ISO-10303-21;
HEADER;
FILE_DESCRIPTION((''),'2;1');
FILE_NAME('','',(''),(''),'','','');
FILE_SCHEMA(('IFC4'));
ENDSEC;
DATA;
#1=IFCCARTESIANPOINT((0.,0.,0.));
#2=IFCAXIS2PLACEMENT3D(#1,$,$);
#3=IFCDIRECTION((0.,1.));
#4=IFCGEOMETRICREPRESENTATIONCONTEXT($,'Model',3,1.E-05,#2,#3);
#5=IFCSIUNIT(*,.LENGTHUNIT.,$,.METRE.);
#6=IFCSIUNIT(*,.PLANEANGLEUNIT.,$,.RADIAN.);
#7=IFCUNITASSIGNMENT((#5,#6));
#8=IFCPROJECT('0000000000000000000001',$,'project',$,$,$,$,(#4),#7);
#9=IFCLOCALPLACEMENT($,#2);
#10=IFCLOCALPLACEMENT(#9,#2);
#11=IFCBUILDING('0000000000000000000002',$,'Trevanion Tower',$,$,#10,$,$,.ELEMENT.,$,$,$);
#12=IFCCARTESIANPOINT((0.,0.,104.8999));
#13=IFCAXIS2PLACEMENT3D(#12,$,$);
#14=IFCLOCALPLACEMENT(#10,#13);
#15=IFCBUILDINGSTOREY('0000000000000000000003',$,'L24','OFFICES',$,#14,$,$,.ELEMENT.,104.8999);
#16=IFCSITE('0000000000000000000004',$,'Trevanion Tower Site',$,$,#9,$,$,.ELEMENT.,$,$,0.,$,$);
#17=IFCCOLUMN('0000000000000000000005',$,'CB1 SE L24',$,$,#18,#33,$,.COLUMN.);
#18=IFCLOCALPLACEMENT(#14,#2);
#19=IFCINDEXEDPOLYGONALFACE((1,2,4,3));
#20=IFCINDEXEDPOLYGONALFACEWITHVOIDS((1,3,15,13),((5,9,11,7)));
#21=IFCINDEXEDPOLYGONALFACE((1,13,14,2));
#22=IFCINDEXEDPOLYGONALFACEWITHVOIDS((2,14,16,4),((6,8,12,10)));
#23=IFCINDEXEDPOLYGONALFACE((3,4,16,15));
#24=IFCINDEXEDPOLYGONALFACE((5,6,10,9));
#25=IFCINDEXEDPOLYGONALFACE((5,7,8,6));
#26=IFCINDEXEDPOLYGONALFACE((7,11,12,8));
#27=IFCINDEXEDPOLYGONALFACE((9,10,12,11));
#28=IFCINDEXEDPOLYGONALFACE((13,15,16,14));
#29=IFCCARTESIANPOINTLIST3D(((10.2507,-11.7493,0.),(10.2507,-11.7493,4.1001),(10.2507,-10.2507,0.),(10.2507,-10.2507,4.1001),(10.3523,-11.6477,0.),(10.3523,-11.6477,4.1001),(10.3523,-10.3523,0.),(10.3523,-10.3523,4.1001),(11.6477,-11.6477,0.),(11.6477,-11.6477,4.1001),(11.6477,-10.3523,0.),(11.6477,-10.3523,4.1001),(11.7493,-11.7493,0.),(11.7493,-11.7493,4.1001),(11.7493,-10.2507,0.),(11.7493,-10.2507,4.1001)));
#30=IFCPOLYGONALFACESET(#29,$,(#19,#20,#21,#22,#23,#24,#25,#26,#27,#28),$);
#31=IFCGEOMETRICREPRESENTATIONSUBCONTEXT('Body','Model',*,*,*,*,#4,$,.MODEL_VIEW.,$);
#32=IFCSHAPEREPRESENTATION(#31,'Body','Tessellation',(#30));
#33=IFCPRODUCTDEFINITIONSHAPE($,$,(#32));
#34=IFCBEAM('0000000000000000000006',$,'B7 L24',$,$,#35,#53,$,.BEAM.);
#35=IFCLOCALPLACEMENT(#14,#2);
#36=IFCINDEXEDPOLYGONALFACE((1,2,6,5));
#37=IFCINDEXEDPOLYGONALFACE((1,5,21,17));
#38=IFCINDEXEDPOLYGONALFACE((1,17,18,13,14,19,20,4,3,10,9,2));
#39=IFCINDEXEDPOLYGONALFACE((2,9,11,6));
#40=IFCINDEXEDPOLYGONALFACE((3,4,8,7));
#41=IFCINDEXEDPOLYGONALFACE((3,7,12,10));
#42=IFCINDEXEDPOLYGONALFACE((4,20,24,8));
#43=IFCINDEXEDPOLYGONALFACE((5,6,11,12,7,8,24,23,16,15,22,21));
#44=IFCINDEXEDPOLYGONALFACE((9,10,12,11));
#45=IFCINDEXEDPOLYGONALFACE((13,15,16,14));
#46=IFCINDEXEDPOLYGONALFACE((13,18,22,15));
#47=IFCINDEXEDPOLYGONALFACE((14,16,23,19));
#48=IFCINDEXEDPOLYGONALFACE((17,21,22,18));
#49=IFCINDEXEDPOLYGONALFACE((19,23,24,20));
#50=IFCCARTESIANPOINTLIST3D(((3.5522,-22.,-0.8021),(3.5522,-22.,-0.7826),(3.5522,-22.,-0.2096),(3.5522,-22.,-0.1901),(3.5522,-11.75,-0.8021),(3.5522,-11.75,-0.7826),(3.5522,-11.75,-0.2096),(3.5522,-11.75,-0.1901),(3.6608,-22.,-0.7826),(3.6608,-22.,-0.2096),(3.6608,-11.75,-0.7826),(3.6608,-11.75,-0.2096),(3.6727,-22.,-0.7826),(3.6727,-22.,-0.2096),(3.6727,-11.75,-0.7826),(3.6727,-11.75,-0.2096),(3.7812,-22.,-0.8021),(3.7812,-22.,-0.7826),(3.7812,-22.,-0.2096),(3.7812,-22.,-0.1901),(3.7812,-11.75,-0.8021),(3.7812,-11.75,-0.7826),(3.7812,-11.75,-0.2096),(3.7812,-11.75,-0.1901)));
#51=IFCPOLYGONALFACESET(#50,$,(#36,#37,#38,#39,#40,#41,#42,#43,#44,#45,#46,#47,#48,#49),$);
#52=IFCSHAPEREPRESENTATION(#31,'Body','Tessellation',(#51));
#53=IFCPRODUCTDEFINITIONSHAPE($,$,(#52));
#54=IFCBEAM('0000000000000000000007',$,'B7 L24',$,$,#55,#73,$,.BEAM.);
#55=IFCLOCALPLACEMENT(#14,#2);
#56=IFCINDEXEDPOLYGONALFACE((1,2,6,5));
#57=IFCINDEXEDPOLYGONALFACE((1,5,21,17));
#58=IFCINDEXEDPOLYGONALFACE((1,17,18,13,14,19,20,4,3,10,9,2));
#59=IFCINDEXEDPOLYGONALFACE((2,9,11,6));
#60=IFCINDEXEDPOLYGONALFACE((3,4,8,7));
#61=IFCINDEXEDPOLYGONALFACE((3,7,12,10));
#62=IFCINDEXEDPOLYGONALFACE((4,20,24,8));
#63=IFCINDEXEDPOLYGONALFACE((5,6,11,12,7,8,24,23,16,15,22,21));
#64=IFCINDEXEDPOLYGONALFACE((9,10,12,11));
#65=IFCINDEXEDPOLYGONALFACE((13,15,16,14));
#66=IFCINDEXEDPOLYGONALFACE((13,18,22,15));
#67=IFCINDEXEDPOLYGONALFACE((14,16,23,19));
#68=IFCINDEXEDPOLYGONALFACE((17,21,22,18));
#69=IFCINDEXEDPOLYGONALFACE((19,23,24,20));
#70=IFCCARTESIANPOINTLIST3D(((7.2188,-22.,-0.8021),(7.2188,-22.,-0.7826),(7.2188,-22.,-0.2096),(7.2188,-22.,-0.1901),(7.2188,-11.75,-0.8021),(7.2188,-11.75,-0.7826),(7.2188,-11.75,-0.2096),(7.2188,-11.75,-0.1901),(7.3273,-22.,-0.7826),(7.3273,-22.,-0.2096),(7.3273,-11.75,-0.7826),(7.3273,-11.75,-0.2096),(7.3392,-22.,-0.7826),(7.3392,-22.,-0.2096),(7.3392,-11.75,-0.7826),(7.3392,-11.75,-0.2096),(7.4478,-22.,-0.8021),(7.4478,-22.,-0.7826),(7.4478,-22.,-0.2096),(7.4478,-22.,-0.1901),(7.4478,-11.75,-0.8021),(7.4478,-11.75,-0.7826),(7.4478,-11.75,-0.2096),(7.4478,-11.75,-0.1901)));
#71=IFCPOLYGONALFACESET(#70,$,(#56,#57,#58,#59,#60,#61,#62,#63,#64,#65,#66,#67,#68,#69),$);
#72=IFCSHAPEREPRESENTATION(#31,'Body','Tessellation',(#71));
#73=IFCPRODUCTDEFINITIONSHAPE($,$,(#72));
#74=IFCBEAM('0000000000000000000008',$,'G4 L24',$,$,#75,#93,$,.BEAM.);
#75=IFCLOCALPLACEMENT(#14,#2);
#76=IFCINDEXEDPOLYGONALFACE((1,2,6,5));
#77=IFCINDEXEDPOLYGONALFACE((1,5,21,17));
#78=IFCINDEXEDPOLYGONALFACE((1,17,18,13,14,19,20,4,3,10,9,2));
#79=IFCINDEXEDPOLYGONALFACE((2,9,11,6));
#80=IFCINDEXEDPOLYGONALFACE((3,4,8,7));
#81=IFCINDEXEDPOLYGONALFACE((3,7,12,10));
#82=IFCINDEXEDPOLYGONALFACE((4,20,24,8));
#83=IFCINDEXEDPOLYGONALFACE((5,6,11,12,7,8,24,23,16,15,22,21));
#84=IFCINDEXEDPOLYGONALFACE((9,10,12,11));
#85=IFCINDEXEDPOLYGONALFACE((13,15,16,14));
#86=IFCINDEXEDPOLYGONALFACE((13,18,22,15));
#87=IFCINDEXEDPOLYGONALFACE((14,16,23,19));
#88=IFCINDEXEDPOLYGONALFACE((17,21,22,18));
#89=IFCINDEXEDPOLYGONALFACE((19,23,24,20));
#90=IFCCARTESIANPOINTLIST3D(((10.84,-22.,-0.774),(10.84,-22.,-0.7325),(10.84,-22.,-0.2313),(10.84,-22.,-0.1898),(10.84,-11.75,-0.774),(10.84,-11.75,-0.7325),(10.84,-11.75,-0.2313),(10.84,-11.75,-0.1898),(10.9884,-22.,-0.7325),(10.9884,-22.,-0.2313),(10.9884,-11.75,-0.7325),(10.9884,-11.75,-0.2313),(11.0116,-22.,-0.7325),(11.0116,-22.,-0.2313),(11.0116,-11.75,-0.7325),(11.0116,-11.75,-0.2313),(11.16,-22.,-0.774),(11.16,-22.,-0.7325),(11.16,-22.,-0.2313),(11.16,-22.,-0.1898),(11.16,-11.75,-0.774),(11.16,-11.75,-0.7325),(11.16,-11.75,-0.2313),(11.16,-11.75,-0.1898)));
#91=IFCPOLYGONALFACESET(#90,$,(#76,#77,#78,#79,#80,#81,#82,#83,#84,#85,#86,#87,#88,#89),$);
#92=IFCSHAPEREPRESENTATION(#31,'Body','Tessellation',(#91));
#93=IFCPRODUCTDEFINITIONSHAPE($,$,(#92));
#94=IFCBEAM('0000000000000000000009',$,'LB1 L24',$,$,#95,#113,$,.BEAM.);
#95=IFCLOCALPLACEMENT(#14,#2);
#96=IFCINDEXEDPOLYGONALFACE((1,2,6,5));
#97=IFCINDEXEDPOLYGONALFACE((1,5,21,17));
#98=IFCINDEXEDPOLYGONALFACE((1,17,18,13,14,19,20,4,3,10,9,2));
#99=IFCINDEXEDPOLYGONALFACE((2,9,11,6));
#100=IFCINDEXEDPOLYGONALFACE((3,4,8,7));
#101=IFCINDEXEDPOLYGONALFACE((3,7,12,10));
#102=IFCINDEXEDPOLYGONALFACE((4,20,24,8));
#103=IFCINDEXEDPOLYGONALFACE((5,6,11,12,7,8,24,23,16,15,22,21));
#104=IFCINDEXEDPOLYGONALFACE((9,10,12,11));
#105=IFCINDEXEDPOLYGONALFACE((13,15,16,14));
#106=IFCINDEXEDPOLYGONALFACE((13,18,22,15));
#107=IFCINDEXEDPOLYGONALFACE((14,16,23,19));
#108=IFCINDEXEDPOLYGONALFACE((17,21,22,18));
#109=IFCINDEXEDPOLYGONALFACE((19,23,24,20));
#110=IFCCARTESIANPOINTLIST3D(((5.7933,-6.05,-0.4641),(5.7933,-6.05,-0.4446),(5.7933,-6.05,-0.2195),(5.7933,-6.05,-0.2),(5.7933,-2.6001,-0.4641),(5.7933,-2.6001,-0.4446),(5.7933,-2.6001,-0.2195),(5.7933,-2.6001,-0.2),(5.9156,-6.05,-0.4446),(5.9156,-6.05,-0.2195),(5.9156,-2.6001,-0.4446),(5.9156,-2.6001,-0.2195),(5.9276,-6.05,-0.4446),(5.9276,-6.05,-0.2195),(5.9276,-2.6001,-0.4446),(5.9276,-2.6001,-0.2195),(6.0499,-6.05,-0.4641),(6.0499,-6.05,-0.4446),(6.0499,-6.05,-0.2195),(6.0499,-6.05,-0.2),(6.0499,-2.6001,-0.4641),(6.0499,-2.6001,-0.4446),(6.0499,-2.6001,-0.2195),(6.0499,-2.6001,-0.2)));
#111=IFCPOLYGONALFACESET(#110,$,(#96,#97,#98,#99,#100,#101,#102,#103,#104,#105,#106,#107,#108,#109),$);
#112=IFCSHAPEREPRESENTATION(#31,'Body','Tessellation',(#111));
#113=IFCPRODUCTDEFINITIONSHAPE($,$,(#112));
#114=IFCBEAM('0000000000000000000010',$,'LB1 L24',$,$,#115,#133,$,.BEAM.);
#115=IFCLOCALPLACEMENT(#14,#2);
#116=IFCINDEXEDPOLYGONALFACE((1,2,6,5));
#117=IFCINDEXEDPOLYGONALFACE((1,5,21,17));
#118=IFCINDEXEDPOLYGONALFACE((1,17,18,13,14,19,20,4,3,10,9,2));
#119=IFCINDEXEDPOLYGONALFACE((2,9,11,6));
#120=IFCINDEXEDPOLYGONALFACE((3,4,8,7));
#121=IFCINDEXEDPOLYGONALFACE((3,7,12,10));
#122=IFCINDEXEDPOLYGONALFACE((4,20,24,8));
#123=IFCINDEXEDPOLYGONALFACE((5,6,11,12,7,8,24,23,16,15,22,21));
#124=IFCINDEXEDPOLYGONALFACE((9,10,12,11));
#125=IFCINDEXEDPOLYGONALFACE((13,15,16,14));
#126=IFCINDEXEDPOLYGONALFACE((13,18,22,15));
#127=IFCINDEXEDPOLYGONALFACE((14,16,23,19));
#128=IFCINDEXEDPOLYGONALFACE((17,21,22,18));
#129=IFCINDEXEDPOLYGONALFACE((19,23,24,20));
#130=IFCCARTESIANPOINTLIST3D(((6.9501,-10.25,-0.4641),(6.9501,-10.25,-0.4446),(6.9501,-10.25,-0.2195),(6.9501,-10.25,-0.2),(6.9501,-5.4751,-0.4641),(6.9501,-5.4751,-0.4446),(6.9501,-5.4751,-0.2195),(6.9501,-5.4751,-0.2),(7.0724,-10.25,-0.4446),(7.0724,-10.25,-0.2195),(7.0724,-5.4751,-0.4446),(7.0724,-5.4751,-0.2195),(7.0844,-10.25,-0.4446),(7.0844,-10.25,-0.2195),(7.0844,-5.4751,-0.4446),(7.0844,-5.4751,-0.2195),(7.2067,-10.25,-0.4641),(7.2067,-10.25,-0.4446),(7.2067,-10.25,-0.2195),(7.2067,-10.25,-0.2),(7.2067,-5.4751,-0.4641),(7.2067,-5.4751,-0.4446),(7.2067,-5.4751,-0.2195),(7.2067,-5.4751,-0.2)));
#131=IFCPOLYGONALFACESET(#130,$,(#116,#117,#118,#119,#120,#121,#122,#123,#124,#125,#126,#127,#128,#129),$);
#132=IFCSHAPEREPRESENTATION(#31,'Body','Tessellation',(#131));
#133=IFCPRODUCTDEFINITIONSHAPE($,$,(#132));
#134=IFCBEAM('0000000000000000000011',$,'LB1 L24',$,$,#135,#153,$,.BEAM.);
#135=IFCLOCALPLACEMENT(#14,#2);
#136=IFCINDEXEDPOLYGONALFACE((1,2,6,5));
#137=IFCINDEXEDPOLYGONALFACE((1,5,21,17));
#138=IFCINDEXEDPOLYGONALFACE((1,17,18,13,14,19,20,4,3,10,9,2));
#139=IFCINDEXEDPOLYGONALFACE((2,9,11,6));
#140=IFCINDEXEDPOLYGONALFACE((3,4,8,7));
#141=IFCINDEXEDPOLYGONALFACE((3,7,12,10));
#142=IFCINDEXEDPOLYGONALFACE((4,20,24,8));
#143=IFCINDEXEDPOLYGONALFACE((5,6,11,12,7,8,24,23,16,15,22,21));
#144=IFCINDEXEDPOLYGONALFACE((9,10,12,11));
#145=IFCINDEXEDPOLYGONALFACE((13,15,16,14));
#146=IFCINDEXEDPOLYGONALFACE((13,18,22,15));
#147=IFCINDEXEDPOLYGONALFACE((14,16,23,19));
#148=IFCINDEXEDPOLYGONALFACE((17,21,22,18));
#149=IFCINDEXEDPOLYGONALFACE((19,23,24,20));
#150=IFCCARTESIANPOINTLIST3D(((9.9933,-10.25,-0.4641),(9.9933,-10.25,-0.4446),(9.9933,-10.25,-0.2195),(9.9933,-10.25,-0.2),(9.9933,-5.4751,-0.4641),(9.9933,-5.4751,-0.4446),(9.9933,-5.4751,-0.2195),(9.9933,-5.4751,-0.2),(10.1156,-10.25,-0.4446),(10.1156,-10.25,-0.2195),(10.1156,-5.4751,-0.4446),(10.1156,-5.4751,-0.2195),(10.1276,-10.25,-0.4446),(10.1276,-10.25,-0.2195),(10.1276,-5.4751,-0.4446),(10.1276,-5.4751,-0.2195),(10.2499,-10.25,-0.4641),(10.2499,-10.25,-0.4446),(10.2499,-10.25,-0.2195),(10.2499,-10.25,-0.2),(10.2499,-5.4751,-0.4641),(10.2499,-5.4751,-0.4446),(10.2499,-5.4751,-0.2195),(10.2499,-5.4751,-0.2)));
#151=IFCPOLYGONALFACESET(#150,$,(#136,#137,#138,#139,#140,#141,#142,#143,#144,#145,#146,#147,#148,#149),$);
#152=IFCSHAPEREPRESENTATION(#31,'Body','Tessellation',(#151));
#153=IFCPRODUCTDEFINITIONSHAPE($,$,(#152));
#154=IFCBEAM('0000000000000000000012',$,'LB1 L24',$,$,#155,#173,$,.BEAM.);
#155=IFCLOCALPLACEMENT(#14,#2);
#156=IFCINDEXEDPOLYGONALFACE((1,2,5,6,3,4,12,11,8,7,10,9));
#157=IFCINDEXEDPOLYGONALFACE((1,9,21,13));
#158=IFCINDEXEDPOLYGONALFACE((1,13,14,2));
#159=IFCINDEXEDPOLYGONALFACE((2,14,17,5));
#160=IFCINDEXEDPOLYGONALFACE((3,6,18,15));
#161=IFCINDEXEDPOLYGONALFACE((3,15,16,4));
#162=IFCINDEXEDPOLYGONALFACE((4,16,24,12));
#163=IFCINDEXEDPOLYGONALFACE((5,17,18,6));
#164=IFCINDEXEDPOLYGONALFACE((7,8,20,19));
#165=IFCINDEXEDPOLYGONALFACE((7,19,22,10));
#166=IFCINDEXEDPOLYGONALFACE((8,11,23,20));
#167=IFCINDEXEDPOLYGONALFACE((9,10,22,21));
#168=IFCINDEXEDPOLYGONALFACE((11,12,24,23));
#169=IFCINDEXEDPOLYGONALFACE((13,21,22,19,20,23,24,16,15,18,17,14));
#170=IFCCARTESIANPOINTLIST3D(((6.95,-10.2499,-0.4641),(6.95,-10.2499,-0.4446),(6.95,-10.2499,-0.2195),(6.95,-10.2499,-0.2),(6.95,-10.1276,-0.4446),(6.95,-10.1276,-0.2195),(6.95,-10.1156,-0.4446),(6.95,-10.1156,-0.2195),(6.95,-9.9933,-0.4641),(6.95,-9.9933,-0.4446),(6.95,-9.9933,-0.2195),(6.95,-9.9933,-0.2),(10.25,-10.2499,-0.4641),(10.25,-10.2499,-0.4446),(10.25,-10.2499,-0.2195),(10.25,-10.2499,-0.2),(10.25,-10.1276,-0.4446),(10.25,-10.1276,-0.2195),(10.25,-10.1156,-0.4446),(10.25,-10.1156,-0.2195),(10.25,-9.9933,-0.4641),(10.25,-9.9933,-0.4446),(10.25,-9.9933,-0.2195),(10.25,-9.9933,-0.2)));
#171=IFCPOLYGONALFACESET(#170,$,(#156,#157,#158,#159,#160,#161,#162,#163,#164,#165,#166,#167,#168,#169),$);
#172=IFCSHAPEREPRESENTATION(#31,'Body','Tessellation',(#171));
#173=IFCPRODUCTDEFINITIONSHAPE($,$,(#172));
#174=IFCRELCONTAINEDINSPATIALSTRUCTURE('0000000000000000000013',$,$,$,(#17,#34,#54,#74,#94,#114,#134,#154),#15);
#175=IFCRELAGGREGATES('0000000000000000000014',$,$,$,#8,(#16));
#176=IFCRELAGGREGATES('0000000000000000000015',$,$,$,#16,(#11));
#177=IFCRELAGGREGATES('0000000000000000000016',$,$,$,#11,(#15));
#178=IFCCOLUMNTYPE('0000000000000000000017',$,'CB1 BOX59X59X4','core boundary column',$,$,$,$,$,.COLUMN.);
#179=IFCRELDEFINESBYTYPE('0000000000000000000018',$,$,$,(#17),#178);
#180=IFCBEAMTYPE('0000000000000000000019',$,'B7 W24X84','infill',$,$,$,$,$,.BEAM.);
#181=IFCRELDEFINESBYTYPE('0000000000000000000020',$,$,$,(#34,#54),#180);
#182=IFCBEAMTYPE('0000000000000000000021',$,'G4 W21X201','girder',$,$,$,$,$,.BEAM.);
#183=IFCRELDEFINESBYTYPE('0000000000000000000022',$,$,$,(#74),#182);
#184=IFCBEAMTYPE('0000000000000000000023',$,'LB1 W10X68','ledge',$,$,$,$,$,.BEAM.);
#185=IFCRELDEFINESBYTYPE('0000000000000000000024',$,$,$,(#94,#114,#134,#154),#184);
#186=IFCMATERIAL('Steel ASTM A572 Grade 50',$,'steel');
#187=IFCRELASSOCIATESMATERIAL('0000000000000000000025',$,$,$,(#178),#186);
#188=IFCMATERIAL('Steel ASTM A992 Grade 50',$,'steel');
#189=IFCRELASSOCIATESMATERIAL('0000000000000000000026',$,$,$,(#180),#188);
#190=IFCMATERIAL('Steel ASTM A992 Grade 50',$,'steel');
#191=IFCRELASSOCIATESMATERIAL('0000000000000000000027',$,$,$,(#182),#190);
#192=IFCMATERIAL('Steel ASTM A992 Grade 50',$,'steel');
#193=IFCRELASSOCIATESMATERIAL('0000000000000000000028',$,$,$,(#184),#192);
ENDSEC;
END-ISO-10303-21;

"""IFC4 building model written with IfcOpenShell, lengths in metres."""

from ifc_helpers import new_model, si_unit, direction, frame, origin, origin_2d, place, context, subcontext, project, spatial, hollow_rectangle, i_section, extrude, material, material_profile, profile_set, type_object, element, save


model = new_model("IFC4")

# Units and contexts
model_context = context("Model", 3, precision=1e-05, world=origin(), true_north=direction((0.0, 1.0)))
body_context = subcontext(model_context, "Body", "Model", "MODEL_VIEW")
ifc_project = project(units=[si_unit("LENGTHUNIT", "METRE"), si_unit("PLANEANGLEUNIT", "RADIAN")], contexts=[model_context])

# Site, building, storey
site_placement = place(None, origin())
site = spatial("IfcSite", under=ifc_project, at=site_placement, Name="Trevanion Tower Site", CompositionType="ELEMENT", RefElevation=0.0)
building_placement = place(site_placement, origin())
building = spatial("IfcBuilding", under=site, at=building_placement, Name="Trevanion Tower", CompositionType="ELEMENT")
storey_placement = place(building_placement, frame((0.0, 0.0, 104.8999)))
storey = spatial("IfcBuildingStorey", under=building, at=storey_placement, Name="L24", Description="OFFICES", CompositionType="ELEMENT", Elevation=104.8999)

# Column
ifc_material_1 = material(Name="Steel ASTM A572 Grade 50", Category="steel")
ifc_material_profile_1 = material_profile(ifc_material_1, hollow_rectangle(XDim=1.4985, YDim=1.4985, WallThickness=0.1016, at=origin_2d()), Name="BOX59X59X4")
ifc_profile_set_1 = profile_set([ifc_material_profile_1], Name="Steel ASTM A572 Grade 50")
column_type = type_object("IfcColumnType", Name="CB1 BOX59X59X4", Description="core boundary column", PredefinedType="COLUMN", material=ifc_profile_set_1)
column_placement = place(storey_placement, frame((11.0, -11.0, 0.0), z_axis=(0.0, 0.0, 1.0), x_axis=(1.0, 0.0, 0.0)))
element("IfcColumn", 1, at=column_placement, inside=storey, type_object=column_type, Name="CB1 SE L24", PredefinedType="COLUMN", context=body_context, shape_type="SweptSolid", body=[
    extrude(hollow_rectangle(XDim=1.4985, YDim=1.4985, WallThickness=0.1016, at=origin_2d()), origin(), (0.0, 0.0, 1.0), 4.1001),
])

# Beams
ifc_material_2 = material(Name="Steel ASTM A992 Grade 50", Category="steel")
ifc_material_profile_2 = material_profile(ifc_material_2, i_section(OverallWidth=0.229, OverallDepth=0.6121, WebThickness=0.012, FlangeThickness=0.0195, at=origin_2d()), Name="W24X84")
ifc_profile_set_2 = profile_set([ifc_material_profile_2], Name="Steel ASTM A992 Grade 50")
beam_type_1 = type_object("IfcBeamType", Name="B7 W24X84", Description="infill", PredefinedType="BEAM", material=ifc_profile_set_2)
for number, where, z_axis, x_axis, name in (
    (2, (3.6667, -11.75, -0.4961), (0.0, -1.0, 0.0), (1.0, 0.0, 0.0), "B7 L24"),
    (3, (7.3333, -11.75, -0.4961), (0.0, -1.0, 0.0), (1.0, 0.0, 0.0), "B7 L24"),
):
    element("IfcBeam", number, at=place(storey_placement, frame(where, z_axis=z_axis, x_axis=x_axis)), inside=storey, type_object=beam_type_1, Name=name, PredefinedType="BEAM", context=body_context, shape_type="SweptSolid", body=[
        extrude(i_section(OverallWidth=0.229, OverallDepth=0.6121, WebThickness=0.012, FlangeThickness=0.0195, at=origin_2d()), origin(), (0.0, 0.0, 1.0), 10.25),
    ])
ifc_material_3 = material(Name="Steel ASTM A992 Grade 50", Category="steel")
ifc_material_profile_3 = material_profile(ifc_material_3, i_section(OverallWidth=0.3201, OverallDepth=0.5842, WebThickness=0.0232, FlangeThickness=0.0415, at=origin_2d()), Name="W21X201")
ifc_profile_set_3 = profile_set([ifc_material_profile_3], Name="Steel ASTM A992 Grade 50")
beam_type_2 = type_object("IfcBeamType", Name="G4 W21X201", Description="girder", PredefinedType="BEAM", material=ifc_profile_set_3)
beam_1_placement = place(storey_placement, frame((11.0, -11.75, -0.4819), z_axis=(0.0, -1.0, 0.0), x_axis=(1.0, 0.0, 0.0)))
element("IfcBeam", 4, at=beam_1_placement, inside=storey, type_object=beam_type_2, Name="G4 L24", PredefinedType="BEAM", context=body_context, shape_type="SweptSolid", body=[
    extrude(i_section(OverallWidth=0.3201, OverallDepth=0.5842, WebThickness=0.0232, FlangeThickness=0.0415, at=origin_2d()), origin(), (0.0, 0.0, 1.0), 10.25),
])
ifc_material_4 = material(Name="Steel ASTM A992 Grade 50", Category="steel")
ifc_material_profile_4 = material_profile(ifc_material_4, i_section(OverallWidth=0.2566, OverallDepth=0.2642, WebThickness=0.012, FlangeThickness=0.0195, at=origin_2d()), Name="W10X68")
ifc_profile_set_4 = profile_set([ifc_material_profile_4], Name="Steel ASTM A992 Grade 50")
beam_type_3 = type_object("IfcBeamType", Name="LB1 W10X68", Description="ledge", PredefinedType="BEAM", material=ifc_profile_set_4)
beam_2_placement = place(storey_placement, frame((5.9216, -6.05, -0.332), z_axis=(0.0, 1.0, 0.0), x_axis=(-1.0, 0.0, 0.0)))
element("IfcBeam", 5, at=beam_2_placement, inside=storey, type_object=beam_type_3, Name="LB1 L24", PredefinedType="BEAM", context=body_context, shape_type="SweptSolid", body=[
    extrude(i_section(OverallWidth=0.2566, OverallDepth=0.2642, WebThickness=0.012, FlangeThickness=0.0195, at=origin_2d()), origin(), (0.0, 0.0, 1.0), 3.45),
])
for number, where, z_axis, x_axis, name in (
    (6, (7.0784, -10.25, -0.332), (0.0, 1.0, 0.0), (-1.0, 0.0, 0.0), "LB1 L24"),
    (7, (10.1216, -10.25, -0.332), (0.0, 1.0, 0.0), (-1.0, 0.0, 0.0), "LB1 L24"),
):
    element("IfcBeam", number, at=place(storey_placement, frame(where, z_axis=z_axis, x_axis=x_axis)), inside=storey, type_object=beam_type_3, Name=name, PredefinedType="BEAM", context=body_context, shape_type="SweptSolid", body=[
        extrude(i_section(OverallWidth=0.2566, OverallDepth=0.2642, WebThickness=0.012, FlangeThickness=0.0195, at=origin_2d()), origin(), (0.0, 0.0, 1.0), 4.7749),
    ])
beam_3_placement = place(storey_placement, frame((6.95, -10.1216, -0.332), z_axis=(1.0, 0.0, 0.0), x_axis=(0.0, 1.0, 0.0)))
element("IfcBeam", 8, at=beam_3_placement, inside=storey, type_object=beam_type_3, Name="LB1 L24", PredefinedType="BEAM", context=body_context, shape_type="SweptSolid", body=[
    extrude(i_section(OverallWidth=0.2566, OverallDepth=0.2642, WebThickness=0.012, FlangeThickness=0.0195, at=origin_2d()), origin(), (0.0, 0.0, 1.0), 3.3),
])

save(model, "model.ifc")
